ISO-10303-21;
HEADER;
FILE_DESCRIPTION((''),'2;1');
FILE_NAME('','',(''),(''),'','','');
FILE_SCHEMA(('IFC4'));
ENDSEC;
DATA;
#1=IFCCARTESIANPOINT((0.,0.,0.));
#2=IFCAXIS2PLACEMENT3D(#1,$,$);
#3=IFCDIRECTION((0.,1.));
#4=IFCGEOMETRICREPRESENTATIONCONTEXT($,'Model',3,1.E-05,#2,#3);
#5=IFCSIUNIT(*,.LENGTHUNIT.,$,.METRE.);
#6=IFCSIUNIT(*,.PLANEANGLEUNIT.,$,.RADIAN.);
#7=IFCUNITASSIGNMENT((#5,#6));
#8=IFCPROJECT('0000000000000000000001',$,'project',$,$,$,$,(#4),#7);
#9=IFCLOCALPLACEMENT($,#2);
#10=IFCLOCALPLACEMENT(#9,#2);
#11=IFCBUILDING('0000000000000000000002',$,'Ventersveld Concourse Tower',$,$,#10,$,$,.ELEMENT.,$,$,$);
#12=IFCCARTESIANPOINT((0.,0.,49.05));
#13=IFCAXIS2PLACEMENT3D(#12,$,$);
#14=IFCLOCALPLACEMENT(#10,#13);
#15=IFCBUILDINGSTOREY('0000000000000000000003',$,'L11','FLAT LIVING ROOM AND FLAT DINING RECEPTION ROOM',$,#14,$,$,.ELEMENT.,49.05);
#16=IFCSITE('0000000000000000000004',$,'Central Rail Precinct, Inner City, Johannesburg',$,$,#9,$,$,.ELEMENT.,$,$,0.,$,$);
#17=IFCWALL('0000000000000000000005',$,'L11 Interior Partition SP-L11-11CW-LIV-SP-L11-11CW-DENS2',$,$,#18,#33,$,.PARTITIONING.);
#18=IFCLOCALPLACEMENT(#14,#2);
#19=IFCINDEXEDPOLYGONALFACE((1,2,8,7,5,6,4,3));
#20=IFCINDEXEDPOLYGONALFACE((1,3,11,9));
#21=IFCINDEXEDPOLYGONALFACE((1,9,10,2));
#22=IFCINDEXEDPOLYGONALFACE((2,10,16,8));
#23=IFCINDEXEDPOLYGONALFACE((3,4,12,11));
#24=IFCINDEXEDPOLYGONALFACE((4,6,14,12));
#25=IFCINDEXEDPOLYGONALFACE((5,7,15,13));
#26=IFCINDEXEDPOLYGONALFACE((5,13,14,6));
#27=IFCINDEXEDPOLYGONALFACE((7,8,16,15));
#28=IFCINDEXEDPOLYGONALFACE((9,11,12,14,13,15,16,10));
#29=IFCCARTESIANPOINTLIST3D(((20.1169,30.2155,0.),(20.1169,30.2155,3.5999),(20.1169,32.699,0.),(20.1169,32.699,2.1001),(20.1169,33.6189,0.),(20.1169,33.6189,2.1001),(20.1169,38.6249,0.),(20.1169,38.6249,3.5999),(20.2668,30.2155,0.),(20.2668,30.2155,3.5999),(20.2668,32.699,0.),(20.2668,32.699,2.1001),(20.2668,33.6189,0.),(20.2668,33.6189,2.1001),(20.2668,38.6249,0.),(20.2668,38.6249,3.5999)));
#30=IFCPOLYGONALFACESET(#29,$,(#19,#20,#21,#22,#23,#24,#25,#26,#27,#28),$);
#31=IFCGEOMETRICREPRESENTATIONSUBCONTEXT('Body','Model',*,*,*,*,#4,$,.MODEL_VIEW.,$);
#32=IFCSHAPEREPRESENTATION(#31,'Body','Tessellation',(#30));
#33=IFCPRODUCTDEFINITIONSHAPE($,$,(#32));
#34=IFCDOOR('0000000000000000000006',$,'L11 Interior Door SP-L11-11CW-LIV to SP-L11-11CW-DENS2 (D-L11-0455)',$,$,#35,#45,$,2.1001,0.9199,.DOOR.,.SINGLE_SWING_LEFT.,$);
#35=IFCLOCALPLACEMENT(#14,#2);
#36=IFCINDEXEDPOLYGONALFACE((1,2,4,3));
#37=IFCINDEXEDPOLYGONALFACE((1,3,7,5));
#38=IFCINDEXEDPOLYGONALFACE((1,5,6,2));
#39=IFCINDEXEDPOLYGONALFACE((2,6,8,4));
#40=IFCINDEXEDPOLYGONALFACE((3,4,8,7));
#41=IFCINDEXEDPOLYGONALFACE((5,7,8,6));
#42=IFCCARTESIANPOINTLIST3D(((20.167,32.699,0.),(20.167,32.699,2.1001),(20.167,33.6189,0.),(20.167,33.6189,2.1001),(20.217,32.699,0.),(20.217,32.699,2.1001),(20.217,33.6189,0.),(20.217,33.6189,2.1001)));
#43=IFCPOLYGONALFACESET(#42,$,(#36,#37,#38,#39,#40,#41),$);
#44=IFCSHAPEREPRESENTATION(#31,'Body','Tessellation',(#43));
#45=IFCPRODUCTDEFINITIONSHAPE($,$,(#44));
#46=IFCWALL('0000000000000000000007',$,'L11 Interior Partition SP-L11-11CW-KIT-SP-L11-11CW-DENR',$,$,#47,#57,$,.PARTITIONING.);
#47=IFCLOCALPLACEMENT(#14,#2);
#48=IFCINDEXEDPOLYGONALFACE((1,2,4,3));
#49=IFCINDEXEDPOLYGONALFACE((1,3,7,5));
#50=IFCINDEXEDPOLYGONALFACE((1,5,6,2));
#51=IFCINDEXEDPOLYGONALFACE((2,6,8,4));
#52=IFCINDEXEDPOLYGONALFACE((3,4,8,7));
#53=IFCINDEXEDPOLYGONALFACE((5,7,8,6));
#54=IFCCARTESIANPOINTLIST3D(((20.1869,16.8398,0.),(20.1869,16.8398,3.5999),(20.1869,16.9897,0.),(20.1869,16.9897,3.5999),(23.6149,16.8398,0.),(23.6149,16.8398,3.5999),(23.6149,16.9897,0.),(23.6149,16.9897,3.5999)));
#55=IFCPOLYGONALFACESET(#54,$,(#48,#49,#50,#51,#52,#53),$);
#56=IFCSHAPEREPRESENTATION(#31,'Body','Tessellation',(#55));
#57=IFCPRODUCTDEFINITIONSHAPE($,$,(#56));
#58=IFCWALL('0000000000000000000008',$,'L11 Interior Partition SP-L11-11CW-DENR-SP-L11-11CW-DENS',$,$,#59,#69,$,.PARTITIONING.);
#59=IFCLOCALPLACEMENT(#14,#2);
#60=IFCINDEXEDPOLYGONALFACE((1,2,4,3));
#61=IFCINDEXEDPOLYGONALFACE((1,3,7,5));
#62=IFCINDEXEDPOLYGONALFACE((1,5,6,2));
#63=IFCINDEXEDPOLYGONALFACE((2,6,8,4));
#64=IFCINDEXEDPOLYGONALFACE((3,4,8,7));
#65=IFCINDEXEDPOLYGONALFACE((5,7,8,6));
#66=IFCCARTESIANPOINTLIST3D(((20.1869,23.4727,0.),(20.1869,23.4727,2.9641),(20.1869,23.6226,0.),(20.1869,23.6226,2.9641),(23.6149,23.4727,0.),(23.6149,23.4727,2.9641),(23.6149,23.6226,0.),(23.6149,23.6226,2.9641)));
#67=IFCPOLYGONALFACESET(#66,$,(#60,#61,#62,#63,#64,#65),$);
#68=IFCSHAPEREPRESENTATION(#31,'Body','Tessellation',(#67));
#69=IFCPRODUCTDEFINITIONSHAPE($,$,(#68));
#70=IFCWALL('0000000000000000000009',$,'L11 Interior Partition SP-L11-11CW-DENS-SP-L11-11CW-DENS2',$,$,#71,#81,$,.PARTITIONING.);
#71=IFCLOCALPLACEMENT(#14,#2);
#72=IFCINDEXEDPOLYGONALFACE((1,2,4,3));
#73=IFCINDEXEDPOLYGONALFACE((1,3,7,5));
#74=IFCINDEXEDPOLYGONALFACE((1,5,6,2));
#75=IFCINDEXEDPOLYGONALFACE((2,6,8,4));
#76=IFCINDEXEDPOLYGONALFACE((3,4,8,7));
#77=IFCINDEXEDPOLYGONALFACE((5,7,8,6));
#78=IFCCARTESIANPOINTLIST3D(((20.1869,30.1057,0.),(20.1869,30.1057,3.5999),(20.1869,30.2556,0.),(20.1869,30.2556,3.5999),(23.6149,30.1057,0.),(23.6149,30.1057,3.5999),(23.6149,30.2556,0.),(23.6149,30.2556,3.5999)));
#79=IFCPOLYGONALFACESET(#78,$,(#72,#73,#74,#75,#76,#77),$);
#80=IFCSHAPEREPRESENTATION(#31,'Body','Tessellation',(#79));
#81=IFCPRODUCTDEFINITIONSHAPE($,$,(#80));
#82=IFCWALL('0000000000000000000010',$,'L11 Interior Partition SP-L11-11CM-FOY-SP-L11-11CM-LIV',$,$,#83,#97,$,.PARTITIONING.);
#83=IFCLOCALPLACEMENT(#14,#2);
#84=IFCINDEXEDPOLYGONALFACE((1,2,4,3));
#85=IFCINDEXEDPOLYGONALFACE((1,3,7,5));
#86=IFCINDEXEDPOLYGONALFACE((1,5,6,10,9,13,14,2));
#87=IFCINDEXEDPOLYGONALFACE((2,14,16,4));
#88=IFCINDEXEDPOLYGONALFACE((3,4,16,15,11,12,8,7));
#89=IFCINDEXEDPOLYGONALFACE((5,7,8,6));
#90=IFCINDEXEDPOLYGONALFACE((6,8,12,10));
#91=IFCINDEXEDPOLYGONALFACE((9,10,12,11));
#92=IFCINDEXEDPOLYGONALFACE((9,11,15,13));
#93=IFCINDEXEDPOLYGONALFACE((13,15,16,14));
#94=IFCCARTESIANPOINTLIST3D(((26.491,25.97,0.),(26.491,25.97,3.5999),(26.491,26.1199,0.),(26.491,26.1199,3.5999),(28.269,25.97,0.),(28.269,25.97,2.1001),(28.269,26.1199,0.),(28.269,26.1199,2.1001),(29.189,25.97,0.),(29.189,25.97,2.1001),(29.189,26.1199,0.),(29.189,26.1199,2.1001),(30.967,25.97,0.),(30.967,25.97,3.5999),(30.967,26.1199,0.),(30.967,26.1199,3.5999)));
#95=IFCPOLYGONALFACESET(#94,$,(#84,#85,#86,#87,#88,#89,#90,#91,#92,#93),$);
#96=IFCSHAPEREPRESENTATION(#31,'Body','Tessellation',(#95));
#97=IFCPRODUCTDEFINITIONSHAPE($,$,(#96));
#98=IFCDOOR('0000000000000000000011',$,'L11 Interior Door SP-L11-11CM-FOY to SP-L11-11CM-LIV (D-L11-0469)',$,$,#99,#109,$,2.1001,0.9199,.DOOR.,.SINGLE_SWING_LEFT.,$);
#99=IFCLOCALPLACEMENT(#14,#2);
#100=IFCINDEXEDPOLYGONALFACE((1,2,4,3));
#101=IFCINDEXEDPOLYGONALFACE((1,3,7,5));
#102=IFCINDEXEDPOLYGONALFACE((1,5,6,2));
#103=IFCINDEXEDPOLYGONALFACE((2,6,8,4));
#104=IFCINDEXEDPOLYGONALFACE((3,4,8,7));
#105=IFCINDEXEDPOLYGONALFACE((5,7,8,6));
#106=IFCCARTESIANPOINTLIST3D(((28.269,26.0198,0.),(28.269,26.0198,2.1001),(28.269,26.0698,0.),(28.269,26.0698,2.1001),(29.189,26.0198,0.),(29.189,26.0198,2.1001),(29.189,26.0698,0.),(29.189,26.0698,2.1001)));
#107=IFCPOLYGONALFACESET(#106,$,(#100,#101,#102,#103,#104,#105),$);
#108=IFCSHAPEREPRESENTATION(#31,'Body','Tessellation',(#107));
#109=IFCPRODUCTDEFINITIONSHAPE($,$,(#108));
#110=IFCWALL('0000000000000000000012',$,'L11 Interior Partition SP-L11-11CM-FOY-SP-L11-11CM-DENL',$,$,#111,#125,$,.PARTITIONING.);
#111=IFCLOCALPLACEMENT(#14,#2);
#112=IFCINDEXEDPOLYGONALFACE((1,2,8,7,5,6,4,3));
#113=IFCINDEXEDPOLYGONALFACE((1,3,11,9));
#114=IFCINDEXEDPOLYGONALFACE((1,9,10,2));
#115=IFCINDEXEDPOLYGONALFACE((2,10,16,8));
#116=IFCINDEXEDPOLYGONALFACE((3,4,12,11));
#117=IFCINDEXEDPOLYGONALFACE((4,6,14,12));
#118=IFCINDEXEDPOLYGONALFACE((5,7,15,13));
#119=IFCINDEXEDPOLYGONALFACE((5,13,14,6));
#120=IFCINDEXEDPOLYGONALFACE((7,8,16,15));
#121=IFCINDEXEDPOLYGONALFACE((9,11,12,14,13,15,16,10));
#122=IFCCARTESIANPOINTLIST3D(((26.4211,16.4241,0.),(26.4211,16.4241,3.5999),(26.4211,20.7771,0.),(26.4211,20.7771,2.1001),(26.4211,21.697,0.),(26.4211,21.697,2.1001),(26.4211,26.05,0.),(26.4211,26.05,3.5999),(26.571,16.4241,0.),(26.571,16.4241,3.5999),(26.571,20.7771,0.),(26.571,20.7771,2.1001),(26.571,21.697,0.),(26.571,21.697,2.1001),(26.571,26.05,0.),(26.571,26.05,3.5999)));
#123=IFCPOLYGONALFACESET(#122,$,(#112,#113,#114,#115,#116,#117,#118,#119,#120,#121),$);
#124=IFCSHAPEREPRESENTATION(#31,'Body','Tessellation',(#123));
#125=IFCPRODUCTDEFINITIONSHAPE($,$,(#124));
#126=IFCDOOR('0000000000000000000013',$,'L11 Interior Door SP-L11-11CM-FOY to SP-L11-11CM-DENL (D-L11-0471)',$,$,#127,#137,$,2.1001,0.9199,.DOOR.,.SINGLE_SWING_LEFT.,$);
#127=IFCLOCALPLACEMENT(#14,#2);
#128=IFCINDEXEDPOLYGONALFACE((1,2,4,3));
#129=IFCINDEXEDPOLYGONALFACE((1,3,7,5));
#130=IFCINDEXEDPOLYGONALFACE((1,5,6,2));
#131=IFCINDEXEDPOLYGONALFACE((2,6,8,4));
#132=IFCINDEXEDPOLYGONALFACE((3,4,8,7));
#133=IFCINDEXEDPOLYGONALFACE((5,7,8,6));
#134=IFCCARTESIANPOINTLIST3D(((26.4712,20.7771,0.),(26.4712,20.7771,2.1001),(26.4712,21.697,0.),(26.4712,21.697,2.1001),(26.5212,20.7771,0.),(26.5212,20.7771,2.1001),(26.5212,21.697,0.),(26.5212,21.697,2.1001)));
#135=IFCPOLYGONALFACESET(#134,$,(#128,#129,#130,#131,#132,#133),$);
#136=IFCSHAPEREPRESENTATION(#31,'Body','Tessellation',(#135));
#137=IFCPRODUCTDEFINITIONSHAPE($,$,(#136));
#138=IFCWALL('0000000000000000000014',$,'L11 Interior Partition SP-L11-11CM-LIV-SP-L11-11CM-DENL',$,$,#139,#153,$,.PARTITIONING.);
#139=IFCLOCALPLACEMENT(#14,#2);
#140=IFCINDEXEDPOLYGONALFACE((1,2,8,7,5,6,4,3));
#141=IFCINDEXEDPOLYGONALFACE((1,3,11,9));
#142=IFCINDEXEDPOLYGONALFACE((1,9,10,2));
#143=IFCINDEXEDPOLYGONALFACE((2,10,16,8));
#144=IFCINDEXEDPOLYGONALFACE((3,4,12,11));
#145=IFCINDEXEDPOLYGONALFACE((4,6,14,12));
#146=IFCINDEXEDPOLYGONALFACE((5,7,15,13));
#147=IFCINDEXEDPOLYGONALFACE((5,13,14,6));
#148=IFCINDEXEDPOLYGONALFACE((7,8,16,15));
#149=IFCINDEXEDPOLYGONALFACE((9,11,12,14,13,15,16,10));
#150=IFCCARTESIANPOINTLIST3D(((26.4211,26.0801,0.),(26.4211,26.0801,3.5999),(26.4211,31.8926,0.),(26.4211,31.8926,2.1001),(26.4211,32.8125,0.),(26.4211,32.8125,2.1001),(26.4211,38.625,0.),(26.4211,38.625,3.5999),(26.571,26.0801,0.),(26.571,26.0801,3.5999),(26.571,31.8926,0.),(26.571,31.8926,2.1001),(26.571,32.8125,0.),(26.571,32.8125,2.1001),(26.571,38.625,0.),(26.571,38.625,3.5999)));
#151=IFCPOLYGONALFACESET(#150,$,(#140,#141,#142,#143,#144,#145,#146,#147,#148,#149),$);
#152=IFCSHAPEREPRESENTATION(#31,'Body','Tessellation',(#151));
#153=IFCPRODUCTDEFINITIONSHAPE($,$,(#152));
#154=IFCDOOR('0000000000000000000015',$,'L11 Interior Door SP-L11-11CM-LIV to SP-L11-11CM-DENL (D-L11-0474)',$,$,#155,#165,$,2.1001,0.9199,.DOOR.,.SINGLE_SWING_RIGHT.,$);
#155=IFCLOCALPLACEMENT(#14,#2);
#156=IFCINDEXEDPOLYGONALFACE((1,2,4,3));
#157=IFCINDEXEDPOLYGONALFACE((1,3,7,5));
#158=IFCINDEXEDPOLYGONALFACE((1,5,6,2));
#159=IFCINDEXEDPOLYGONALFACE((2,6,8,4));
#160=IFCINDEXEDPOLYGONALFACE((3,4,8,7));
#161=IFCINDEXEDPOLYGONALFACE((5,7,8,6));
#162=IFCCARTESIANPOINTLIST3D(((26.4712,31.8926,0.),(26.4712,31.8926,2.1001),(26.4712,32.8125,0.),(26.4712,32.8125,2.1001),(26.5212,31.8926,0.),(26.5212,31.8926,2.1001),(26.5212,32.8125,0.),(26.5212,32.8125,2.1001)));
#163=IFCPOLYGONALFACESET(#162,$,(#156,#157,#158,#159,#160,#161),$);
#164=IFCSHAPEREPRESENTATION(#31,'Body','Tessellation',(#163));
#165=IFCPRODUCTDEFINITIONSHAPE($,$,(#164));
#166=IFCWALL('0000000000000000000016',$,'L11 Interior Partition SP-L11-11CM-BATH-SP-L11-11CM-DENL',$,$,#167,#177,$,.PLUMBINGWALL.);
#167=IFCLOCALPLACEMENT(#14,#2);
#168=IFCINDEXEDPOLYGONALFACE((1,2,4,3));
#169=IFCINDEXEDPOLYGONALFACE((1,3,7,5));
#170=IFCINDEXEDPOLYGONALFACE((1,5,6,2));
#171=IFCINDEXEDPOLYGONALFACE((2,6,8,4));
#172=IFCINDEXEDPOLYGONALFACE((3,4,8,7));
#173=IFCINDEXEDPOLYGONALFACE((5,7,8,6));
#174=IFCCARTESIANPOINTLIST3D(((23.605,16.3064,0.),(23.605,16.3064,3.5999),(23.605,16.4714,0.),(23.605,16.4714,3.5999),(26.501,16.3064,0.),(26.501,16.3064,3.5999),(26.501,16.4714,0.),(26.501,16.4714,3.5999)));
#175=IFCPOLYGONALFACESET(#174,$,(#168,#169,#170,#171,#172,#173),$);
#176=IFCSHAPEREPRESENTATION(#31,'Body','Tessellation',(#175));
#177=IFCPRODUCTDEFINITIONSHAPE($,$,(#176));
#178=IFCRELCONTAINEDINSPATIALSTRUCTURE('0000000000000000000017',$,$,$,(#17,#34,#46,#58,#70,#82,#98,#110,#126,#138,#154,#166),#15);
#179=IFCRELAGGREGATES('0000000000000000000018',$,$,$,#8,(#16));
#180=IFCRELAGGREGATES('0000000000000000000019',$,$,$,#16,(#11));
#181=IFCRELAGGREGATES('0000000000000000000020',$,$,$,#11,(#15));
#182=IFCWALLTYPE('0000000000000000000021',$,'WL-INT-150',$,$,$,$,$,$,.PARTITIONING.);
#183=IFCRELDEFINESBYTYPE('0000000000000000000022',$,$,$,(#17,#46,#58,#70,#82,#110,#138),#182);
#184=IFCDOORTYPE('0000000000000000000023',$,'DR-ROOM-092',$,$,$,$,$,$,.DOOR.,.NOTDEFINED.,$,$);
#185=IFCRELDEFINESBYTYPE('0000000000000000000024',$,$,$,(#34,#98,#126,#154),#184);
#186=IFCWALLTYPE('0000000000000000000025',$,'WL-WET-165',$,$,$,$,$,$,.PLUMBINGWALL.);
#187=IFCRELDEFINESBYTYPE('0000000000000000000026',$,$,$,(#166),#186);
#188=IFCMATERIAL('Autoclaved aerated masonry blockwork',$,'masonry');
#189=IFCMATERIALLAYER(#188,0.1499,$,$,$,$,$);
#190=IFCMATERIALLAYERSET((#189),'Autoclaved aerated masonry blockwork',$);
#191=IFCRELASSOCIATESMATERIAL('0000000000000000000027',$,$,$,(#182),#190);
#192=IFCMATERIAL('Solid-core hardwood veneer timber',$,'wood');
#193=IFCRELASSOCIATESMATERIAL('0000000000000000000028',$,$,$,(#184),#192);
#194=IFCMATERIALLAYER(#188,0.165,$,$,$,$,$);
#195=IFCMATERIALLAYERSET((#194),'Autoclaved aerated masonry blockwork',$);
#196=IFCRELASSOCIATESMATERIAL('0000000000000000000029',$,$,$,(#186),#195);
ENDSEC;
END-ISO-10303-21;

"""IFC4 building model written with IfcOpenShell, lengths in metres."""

from ifc_helpers import new_model, si_unit, direction, frame, frame_2d, origin, place, context, subcontext, project, spatial, rectangle, extrude, material, layer, layer_set, type_object, element, fill, save


model = new_model("IFC4")

# Units and contexts
model_context = context("Model", 3, precision=1e-05, world=origin(), true_north=direction((0.0, 1.0)))
body_context = subcontext(model_context, "Body", "Model", "MODEL_VIEW")
ifc_project = project(units=[si_unit("LENGTHUNIT", "METRE"), si_unit("PLANEANGLEUNIT", "RADIAN")], contexts=[model_context])

# Site, building, storey
site_placement = place(None, origin())
site = spatial("IfcSite", under=ifc_project, at=site_placement, Name="Central Rail Precinct, Inner City, Johannesburg", CompositionType="ELEMENT", RefElevation=0.0)
building_placement = place(site_placement, origin())
building = spatial("IfcBuilding", under=site, at=building_placement, Name="Ventersveld Concourse Tower", CompositionType="ELEMENT")
storey_placement = place(building_placement, frame((0.0, 0.0, 49.05)))
storey = spatial("IfcBuildingStorey", under=building, at=storey_placement, Name="L11", Description="FLAT LIVING ROOM AND FLAT DINING RECEPTION ROOM", CompositionType="ELEMENT", Elevation=49.05)

# Shared definitions
ifc_material_1 = material(Name="Autoclaved aerated masonry blockwork", Category="masonry")
ifc_layer_1 = layer(ifc_material_1, 0.1499)
ifc_layer_set_1 = layer_set([ifc_layer_1], Name="Autoclaved aerated masonry blockwork")
wall_type_1 = type_object("IfcWallType", Name="WL-INT-150", PredefinedType="PARTITIONING", material=ifc_layer_set_1)
ifc_material_2 = material(Name="Solid-core hardwood veneer timber", Category="wood")
door_type = type_object("IfcDoorType", Name="DR-ROOM-092", OperationType="NOTDEFINED", PredefinedType="DOOR", material=ifc_material_2)

# Wall, opening, door
wall_1_placement = place(storey_placement, frame((20.1919, 30.2156, 0.0), z_axis=(0.0, 0.0, 1.0), x_axis=(0.0, 1.0, 0.0)))
wall_1 = element("IfcWall", 1, at=wall_1_placement, inside=storey, type_object=wall_type_1, Name="L11 Interior Partition SP-L11-11CW-LIV-SP-L11-11CW-DENS2", PredefinedType="PARTITIONING", context=body_context, shape_type="SweptSolid", body=[
    extrude(rectangle(XDim=8.4094, YDim=0.1499, at=frame_2d((4.2046, 0.0))), origin(), (0.0, 0.0, 1.0), 3.5999),
])
opening_1_placement = place(wall_1_placement, frame((2.4834, 0.0, 0.0)))
opening_1 = element("IfcOpeningElement", 2, at=opening_1_placement, cuts=wall_1, PredefinedType="OPENING", context=body_context, shape_type="SweptSolid", body=[
    extrude(rectangle(XDim=0.9199, YDim=2.1001, at=frame_2d((0.46, 1.05))), frame((0.0, 0.085, 0.0), z_axis=(0.0, -1.0, 0.0), x_axis=(1.0, 0.0, 0.0)), (0.0, 0.0, 1.0), 0.1699),
])
door_1_placement = place(opening_1_placement, origin())
door_1 = element("IfcDoor", 3, at=door_1_placement, inside=storey, type_object=door_type, Name="L11 Interior Door SP-L11-11CW-LIV to SP-L11-11CW-DENS2 (D-L11-0455)", OperationType="SINGLE_SWING_LEFT", OverallHeight=2.1001, OverallWidth=0.9199, PredefinedType="DOOR", context=body_context, shape_type="SweptSolid", body=[
    extrude(rectangle(XDim=0.9199, YDim=2.1001, at=frame_2d((0.46, 1.05))), frame((0.0, 0.0249, 0.0), z_axis=(0.0, -1.0, 0.0), x_axis=(1.0, 0.0, 0.0)), (0.0, 0.0, 1.0), 0.05),
])
fill(opening_1, door_1)

# Walls
wall_2_placement = place(storey_placement, frame((20.187, 16.9148, 0.0), z_axis=(0.0, 0.0, 1.0), x_axis=(1.0, 0.0, 0.0)))
element("IfcWall", 4, at=wall_2_placement, inside=storey, type_object=wall_type_1, Name="L11 Interior Partition SP-L11-11CW-KIT-SP-L11-11CW-DENR", PredefinedType="PARTITIONING", context=body_context, shape_type="SweptSolid", body=[
    extrude(rectangle(XDim=3.428, YDim=0.1499, at=frame_2d((1.7139, 0.0))), origin(), (0.0, 0.0, 1.0), 3.5999),
])
wall_3_placement = place(storey_placement, frame((20.187, 23.5476, 0.0), z_axis=(0.0, 0.0, 1.0), x_axis=(1.0, 0.0, 0.0)))
element("IfcWall", 5, at=wall_3_placement, inside=storey, type_object=wall_type_1, Name="L11 Interior Partition SP-L11-11CW-DENR-SP-L11-11CW-DENS", PredefinedType="PARTITIONING", context=body_context, shape_type="SweptSolid", body=[
    extrude(rectangle(XDim=3.428, YDim=0.1499, at=frame_2d((1.7139, 0.0))), origin(), (0.0, 0.0, 1.0), 2.9641),
])
wall_4_placement = place(storey_placement, frame((20.187, 30.1807, 0.0), z_axis=(0.0, 0.0, 1.0), x_axis=(1.0, 0.0, 0.0)))
element("IfcWall", 6, at=wall_4_placement, inside=storey, type_object=wall_type_1, Name="L11 Interior Partition SP-L11-11CW-DENS-SP-L11-11CW-DENS2", PredefinedType="PARTITIONING", context=body_context, shape_type="SweptSolid", body=[
    extrude(rectangle(XDim=3.428, YDim=0.1499, at=frame_2d((1.7139, 0.0))), origin(), (0.0, 0.0, 1.0), 3.5999),
])

# Walls, openings, doors
wall_5_placement = place(storey_placement, frame((26.491, 26.0449, 0.0), z_axis=(0.0, 0.0, 1.0), x_axis=(1.0, 0.0, 0.0)))
wall_5 = element("IfcWall", 7, at=wall_5_placement, inside=storey, type_object=wall_type_1, Name="L11 Interior Partition SP-L11-11CM-FOY-SP-L11-11CM-LIV", PredefinedType="PARTITIONING", context=body_context, shape_type="SweptSolid", body=[
    extrude(rectangle(XDim=4.4761, YDim=0.1499, at=frame_2d((2.238, 0.0))), origin(), (0.0, 0.0, 1.0), 3.5999),
])
opening_2_placement = place(wall_5_placement, frame((1.7781, 0.0, 0.0)))
opening_2 = element("IfcOpeningElement", 8, at=opening_2_placement, cuts=wall_5, PredefinedType="OPENING", context=body_context, shape_type="SweptSolid", body=[
    extrude(rectangle(XDim=0.9199, YDim=2.1001, at=frame_2d((0.46, 1.05))), frame((0.0, 0.085, 0.0), z_axis=(0.0, -1.0, 0.0), x_axis=(1.0, 0.0, 0.0)), (0.0, 0.0, 1.0), 0.1699),
])
door_2_placement = place(opening_2_placement, origin())
door_2 = element("IfcDoor", 9, at=door_2_placement, inside=storey, type_object=door_type, Name="L11 Interior Door SP-L11-11CM-FOY to SP-L11-11CM-LIV (D-L11-0469)", OperationType="SINGLE_SWING_LEFT", OverallHeight=2.1001, OverallWidth=0.9199, PredefinedType="DOOR", context=body_context, shape_type="SweptSolid", body=[
    extrude(rectangle(XDim=0.9199, YDim=2.1001, at=frame_2d((0.46, 1.05))), frame((0.0, 0.0249, 0.0), z_axis=(0.0, -1.0, 0.0), x_axis=(1.0, 0.0, 0.0)), (0.0, 0.0, 1.0), 0.05),
])
fill(opening_2, door_2)
wall_6_placement = place(storey_placement, frame((26.4961, 16.4241, 0.0), z_axis=(0.0, 0.0, 1.0), x_axis=(0.0, 1.0, 0.0)))
wall_6 = element("IfcWall", 10, at=wall_6_placement, inside=storey, type_object=wall_type_1, Name="L11 Interior Partition SP-L11-11CM-FOY-SP-L11-11CM-DENL", PredefinedType="PARTITIONING", context=body_context, shape_type="SweptSolid", body=[
    extrude(rectangle(XDim=9.626, YDim=0.1499, at=frame_2d((4.813, 0.0))), origin(), (0.0, 0.0, 1.0), 3.5999),
])
opening_3_placement = place(wall_6_placement, frame((4.353, 0.0, 0.0)))
opening_3 = element("IfcOpeningElement", 11, at=opening_3_placement, cuts=wall_6, PredefinedType="OPENING", context=body_context, shape_type="SweptSolid", body=[
    extrude(rectangle(XDim=0.9199, YDim=2.1001, at=frame_2d((0.46, 1.05))), frame((0.0, 0.085, 0.0), z_axis=(0.0, -1.0, 0.0), x_axis=(1.0, 0.0, 0.0)), (0.0, 0.0, 1.0), 0.1699),
])
door_3_placement = place(opening_3_placement, origin())
door_3 = element("IfcDoor", 12, at=door_3_placement, inside=storey, type_object=door_type, Name="L11 Interior Door SP-L11-11CM-FOY to SP-L11-11CM-DENL (D-L11-0471)", OperationType="SINGLE_SWING_LEFT", OverallHeight=2.1001, OverallWidth=0.9199, PredefinedType="DOOR", context=body_context, shape_type="SweptSolid", body=[
    extrude(rectangle(XDim=0.9199, YDim=2.1001, at=frame_2d((0.46, 1.05))), frame((0.0, 0.0249, 0.0), z_axis=(0.0, -1.0, 0.0), x_axis=(1.0, 0.0, 0.0)), (0.0, 0.0, 1.0), 0.05),
])
fill(opening_3, door_3)
wall_7_placement = place(storey_placement, frame((26.4961, 26.0801, 0.0), z_axis=(0.0, 0.0, 1.0), x_axis=(0.0, 1.0, 0.0)))
wall_7 = element("IfcWall", 13, at=wall_7_placement, inside=storey, type_object=wall_type_1, Name="L11 Interior Partition SP-L11-11CM-LIV-SP-L11-11CM-DENL", PredefinedType="PARTITIONING", context=body_context, shape_type="SweptSolid", body=[
    extrude(rectangle(XDim=12.5449, YDim=0.1499, at=frame_2d((6.2725, 0.0))), origin(), (0.0, 0.0, 1.0), 3.5999),
])
opening_4_placement = place(wall_7_placement, frame((5.8125, 0.0, 0.0)))
opening_4 = element("IfcOpeningElement", 14, at=opening_4_placement, cuts=wall_7, PredefinedType="OPENING", context=body_context, shape_type="SweptSolid", body=[
    extrude(rectangle(XDim=0.9199, YDim=2.1001, at=frame_2d((0.46, 1.05))), frame((0.0, 0.085, 0.0), z_axis=(0.0, -1.0, 0.0), x_axis=(1.0, 0.0, 0.0)), (0.0, 0.0, 1.0), 0.1699),
])
door_4_placement = place(opening_4_placement, origin())
door_4 = element("IfcDoor", 15, at=door_4_placement, inside=storey, type_object=door_type, Name="L11 Interior Door SP-L11-11CM-LIV to SP-L11-11CM-DENL (D-L11-0474)", OperationType="SINGLE_SWING_RIGHT", OverallHeight=2.1001, OverallWidth=0.9199, PredefinedType="DOOR", context=body_context, shape_type="SweptSolid", body=[
    extrude(rectangle(XDim=0.9199, YDim=2.1001, at=frame_2d((0.46, 1.05))), frame((0.0, 0.0249, 0.0), z_axis=(0.0, -1.0, 0.0), x_axis=(1.0, 0.0, 0.0)), (0.0, 0.0, 1.0), 0.05),
])
fill(opening_4, door_4)

# Wall
ifc_layer_2 = layer(ifc_material_1, 0.165)
ifc_layer_set_2 = layer_set([ifc_layer_2], Name="Autoclaved aerated masonry blockwork")
wall_type_2 = type_object("IfcWallType", Name="WL-WET-165", PredefinedType="PLUMBINGWALL", material=ifc_layer_set_2)
wall_8_placement = place(storey_placement, frame((23.605, 16.3889, 0.0), z_axis=(0.0, 0.0, 1.0), x_axis=(1.0, 0.0, 0.0)))
element("IfcWall", 16, at=wall_8_placement, inside=storey, type_object=wall_type_2, Name="L11 Interior Partition SP-L11-11CM-BATH-SP-L11-11CM-DENL", PredefinedType="PLUMBINGWALL", context=body_context, shape_type="SweptSolid", body=[
    extrude(rectangle(XDim=2.896, YDim=0.165, at=frame_2d((1.448, 0.0))), origin(), (0.0, 0.0, 1.0), 3.5999),
])

save(model, "model.ifc")
